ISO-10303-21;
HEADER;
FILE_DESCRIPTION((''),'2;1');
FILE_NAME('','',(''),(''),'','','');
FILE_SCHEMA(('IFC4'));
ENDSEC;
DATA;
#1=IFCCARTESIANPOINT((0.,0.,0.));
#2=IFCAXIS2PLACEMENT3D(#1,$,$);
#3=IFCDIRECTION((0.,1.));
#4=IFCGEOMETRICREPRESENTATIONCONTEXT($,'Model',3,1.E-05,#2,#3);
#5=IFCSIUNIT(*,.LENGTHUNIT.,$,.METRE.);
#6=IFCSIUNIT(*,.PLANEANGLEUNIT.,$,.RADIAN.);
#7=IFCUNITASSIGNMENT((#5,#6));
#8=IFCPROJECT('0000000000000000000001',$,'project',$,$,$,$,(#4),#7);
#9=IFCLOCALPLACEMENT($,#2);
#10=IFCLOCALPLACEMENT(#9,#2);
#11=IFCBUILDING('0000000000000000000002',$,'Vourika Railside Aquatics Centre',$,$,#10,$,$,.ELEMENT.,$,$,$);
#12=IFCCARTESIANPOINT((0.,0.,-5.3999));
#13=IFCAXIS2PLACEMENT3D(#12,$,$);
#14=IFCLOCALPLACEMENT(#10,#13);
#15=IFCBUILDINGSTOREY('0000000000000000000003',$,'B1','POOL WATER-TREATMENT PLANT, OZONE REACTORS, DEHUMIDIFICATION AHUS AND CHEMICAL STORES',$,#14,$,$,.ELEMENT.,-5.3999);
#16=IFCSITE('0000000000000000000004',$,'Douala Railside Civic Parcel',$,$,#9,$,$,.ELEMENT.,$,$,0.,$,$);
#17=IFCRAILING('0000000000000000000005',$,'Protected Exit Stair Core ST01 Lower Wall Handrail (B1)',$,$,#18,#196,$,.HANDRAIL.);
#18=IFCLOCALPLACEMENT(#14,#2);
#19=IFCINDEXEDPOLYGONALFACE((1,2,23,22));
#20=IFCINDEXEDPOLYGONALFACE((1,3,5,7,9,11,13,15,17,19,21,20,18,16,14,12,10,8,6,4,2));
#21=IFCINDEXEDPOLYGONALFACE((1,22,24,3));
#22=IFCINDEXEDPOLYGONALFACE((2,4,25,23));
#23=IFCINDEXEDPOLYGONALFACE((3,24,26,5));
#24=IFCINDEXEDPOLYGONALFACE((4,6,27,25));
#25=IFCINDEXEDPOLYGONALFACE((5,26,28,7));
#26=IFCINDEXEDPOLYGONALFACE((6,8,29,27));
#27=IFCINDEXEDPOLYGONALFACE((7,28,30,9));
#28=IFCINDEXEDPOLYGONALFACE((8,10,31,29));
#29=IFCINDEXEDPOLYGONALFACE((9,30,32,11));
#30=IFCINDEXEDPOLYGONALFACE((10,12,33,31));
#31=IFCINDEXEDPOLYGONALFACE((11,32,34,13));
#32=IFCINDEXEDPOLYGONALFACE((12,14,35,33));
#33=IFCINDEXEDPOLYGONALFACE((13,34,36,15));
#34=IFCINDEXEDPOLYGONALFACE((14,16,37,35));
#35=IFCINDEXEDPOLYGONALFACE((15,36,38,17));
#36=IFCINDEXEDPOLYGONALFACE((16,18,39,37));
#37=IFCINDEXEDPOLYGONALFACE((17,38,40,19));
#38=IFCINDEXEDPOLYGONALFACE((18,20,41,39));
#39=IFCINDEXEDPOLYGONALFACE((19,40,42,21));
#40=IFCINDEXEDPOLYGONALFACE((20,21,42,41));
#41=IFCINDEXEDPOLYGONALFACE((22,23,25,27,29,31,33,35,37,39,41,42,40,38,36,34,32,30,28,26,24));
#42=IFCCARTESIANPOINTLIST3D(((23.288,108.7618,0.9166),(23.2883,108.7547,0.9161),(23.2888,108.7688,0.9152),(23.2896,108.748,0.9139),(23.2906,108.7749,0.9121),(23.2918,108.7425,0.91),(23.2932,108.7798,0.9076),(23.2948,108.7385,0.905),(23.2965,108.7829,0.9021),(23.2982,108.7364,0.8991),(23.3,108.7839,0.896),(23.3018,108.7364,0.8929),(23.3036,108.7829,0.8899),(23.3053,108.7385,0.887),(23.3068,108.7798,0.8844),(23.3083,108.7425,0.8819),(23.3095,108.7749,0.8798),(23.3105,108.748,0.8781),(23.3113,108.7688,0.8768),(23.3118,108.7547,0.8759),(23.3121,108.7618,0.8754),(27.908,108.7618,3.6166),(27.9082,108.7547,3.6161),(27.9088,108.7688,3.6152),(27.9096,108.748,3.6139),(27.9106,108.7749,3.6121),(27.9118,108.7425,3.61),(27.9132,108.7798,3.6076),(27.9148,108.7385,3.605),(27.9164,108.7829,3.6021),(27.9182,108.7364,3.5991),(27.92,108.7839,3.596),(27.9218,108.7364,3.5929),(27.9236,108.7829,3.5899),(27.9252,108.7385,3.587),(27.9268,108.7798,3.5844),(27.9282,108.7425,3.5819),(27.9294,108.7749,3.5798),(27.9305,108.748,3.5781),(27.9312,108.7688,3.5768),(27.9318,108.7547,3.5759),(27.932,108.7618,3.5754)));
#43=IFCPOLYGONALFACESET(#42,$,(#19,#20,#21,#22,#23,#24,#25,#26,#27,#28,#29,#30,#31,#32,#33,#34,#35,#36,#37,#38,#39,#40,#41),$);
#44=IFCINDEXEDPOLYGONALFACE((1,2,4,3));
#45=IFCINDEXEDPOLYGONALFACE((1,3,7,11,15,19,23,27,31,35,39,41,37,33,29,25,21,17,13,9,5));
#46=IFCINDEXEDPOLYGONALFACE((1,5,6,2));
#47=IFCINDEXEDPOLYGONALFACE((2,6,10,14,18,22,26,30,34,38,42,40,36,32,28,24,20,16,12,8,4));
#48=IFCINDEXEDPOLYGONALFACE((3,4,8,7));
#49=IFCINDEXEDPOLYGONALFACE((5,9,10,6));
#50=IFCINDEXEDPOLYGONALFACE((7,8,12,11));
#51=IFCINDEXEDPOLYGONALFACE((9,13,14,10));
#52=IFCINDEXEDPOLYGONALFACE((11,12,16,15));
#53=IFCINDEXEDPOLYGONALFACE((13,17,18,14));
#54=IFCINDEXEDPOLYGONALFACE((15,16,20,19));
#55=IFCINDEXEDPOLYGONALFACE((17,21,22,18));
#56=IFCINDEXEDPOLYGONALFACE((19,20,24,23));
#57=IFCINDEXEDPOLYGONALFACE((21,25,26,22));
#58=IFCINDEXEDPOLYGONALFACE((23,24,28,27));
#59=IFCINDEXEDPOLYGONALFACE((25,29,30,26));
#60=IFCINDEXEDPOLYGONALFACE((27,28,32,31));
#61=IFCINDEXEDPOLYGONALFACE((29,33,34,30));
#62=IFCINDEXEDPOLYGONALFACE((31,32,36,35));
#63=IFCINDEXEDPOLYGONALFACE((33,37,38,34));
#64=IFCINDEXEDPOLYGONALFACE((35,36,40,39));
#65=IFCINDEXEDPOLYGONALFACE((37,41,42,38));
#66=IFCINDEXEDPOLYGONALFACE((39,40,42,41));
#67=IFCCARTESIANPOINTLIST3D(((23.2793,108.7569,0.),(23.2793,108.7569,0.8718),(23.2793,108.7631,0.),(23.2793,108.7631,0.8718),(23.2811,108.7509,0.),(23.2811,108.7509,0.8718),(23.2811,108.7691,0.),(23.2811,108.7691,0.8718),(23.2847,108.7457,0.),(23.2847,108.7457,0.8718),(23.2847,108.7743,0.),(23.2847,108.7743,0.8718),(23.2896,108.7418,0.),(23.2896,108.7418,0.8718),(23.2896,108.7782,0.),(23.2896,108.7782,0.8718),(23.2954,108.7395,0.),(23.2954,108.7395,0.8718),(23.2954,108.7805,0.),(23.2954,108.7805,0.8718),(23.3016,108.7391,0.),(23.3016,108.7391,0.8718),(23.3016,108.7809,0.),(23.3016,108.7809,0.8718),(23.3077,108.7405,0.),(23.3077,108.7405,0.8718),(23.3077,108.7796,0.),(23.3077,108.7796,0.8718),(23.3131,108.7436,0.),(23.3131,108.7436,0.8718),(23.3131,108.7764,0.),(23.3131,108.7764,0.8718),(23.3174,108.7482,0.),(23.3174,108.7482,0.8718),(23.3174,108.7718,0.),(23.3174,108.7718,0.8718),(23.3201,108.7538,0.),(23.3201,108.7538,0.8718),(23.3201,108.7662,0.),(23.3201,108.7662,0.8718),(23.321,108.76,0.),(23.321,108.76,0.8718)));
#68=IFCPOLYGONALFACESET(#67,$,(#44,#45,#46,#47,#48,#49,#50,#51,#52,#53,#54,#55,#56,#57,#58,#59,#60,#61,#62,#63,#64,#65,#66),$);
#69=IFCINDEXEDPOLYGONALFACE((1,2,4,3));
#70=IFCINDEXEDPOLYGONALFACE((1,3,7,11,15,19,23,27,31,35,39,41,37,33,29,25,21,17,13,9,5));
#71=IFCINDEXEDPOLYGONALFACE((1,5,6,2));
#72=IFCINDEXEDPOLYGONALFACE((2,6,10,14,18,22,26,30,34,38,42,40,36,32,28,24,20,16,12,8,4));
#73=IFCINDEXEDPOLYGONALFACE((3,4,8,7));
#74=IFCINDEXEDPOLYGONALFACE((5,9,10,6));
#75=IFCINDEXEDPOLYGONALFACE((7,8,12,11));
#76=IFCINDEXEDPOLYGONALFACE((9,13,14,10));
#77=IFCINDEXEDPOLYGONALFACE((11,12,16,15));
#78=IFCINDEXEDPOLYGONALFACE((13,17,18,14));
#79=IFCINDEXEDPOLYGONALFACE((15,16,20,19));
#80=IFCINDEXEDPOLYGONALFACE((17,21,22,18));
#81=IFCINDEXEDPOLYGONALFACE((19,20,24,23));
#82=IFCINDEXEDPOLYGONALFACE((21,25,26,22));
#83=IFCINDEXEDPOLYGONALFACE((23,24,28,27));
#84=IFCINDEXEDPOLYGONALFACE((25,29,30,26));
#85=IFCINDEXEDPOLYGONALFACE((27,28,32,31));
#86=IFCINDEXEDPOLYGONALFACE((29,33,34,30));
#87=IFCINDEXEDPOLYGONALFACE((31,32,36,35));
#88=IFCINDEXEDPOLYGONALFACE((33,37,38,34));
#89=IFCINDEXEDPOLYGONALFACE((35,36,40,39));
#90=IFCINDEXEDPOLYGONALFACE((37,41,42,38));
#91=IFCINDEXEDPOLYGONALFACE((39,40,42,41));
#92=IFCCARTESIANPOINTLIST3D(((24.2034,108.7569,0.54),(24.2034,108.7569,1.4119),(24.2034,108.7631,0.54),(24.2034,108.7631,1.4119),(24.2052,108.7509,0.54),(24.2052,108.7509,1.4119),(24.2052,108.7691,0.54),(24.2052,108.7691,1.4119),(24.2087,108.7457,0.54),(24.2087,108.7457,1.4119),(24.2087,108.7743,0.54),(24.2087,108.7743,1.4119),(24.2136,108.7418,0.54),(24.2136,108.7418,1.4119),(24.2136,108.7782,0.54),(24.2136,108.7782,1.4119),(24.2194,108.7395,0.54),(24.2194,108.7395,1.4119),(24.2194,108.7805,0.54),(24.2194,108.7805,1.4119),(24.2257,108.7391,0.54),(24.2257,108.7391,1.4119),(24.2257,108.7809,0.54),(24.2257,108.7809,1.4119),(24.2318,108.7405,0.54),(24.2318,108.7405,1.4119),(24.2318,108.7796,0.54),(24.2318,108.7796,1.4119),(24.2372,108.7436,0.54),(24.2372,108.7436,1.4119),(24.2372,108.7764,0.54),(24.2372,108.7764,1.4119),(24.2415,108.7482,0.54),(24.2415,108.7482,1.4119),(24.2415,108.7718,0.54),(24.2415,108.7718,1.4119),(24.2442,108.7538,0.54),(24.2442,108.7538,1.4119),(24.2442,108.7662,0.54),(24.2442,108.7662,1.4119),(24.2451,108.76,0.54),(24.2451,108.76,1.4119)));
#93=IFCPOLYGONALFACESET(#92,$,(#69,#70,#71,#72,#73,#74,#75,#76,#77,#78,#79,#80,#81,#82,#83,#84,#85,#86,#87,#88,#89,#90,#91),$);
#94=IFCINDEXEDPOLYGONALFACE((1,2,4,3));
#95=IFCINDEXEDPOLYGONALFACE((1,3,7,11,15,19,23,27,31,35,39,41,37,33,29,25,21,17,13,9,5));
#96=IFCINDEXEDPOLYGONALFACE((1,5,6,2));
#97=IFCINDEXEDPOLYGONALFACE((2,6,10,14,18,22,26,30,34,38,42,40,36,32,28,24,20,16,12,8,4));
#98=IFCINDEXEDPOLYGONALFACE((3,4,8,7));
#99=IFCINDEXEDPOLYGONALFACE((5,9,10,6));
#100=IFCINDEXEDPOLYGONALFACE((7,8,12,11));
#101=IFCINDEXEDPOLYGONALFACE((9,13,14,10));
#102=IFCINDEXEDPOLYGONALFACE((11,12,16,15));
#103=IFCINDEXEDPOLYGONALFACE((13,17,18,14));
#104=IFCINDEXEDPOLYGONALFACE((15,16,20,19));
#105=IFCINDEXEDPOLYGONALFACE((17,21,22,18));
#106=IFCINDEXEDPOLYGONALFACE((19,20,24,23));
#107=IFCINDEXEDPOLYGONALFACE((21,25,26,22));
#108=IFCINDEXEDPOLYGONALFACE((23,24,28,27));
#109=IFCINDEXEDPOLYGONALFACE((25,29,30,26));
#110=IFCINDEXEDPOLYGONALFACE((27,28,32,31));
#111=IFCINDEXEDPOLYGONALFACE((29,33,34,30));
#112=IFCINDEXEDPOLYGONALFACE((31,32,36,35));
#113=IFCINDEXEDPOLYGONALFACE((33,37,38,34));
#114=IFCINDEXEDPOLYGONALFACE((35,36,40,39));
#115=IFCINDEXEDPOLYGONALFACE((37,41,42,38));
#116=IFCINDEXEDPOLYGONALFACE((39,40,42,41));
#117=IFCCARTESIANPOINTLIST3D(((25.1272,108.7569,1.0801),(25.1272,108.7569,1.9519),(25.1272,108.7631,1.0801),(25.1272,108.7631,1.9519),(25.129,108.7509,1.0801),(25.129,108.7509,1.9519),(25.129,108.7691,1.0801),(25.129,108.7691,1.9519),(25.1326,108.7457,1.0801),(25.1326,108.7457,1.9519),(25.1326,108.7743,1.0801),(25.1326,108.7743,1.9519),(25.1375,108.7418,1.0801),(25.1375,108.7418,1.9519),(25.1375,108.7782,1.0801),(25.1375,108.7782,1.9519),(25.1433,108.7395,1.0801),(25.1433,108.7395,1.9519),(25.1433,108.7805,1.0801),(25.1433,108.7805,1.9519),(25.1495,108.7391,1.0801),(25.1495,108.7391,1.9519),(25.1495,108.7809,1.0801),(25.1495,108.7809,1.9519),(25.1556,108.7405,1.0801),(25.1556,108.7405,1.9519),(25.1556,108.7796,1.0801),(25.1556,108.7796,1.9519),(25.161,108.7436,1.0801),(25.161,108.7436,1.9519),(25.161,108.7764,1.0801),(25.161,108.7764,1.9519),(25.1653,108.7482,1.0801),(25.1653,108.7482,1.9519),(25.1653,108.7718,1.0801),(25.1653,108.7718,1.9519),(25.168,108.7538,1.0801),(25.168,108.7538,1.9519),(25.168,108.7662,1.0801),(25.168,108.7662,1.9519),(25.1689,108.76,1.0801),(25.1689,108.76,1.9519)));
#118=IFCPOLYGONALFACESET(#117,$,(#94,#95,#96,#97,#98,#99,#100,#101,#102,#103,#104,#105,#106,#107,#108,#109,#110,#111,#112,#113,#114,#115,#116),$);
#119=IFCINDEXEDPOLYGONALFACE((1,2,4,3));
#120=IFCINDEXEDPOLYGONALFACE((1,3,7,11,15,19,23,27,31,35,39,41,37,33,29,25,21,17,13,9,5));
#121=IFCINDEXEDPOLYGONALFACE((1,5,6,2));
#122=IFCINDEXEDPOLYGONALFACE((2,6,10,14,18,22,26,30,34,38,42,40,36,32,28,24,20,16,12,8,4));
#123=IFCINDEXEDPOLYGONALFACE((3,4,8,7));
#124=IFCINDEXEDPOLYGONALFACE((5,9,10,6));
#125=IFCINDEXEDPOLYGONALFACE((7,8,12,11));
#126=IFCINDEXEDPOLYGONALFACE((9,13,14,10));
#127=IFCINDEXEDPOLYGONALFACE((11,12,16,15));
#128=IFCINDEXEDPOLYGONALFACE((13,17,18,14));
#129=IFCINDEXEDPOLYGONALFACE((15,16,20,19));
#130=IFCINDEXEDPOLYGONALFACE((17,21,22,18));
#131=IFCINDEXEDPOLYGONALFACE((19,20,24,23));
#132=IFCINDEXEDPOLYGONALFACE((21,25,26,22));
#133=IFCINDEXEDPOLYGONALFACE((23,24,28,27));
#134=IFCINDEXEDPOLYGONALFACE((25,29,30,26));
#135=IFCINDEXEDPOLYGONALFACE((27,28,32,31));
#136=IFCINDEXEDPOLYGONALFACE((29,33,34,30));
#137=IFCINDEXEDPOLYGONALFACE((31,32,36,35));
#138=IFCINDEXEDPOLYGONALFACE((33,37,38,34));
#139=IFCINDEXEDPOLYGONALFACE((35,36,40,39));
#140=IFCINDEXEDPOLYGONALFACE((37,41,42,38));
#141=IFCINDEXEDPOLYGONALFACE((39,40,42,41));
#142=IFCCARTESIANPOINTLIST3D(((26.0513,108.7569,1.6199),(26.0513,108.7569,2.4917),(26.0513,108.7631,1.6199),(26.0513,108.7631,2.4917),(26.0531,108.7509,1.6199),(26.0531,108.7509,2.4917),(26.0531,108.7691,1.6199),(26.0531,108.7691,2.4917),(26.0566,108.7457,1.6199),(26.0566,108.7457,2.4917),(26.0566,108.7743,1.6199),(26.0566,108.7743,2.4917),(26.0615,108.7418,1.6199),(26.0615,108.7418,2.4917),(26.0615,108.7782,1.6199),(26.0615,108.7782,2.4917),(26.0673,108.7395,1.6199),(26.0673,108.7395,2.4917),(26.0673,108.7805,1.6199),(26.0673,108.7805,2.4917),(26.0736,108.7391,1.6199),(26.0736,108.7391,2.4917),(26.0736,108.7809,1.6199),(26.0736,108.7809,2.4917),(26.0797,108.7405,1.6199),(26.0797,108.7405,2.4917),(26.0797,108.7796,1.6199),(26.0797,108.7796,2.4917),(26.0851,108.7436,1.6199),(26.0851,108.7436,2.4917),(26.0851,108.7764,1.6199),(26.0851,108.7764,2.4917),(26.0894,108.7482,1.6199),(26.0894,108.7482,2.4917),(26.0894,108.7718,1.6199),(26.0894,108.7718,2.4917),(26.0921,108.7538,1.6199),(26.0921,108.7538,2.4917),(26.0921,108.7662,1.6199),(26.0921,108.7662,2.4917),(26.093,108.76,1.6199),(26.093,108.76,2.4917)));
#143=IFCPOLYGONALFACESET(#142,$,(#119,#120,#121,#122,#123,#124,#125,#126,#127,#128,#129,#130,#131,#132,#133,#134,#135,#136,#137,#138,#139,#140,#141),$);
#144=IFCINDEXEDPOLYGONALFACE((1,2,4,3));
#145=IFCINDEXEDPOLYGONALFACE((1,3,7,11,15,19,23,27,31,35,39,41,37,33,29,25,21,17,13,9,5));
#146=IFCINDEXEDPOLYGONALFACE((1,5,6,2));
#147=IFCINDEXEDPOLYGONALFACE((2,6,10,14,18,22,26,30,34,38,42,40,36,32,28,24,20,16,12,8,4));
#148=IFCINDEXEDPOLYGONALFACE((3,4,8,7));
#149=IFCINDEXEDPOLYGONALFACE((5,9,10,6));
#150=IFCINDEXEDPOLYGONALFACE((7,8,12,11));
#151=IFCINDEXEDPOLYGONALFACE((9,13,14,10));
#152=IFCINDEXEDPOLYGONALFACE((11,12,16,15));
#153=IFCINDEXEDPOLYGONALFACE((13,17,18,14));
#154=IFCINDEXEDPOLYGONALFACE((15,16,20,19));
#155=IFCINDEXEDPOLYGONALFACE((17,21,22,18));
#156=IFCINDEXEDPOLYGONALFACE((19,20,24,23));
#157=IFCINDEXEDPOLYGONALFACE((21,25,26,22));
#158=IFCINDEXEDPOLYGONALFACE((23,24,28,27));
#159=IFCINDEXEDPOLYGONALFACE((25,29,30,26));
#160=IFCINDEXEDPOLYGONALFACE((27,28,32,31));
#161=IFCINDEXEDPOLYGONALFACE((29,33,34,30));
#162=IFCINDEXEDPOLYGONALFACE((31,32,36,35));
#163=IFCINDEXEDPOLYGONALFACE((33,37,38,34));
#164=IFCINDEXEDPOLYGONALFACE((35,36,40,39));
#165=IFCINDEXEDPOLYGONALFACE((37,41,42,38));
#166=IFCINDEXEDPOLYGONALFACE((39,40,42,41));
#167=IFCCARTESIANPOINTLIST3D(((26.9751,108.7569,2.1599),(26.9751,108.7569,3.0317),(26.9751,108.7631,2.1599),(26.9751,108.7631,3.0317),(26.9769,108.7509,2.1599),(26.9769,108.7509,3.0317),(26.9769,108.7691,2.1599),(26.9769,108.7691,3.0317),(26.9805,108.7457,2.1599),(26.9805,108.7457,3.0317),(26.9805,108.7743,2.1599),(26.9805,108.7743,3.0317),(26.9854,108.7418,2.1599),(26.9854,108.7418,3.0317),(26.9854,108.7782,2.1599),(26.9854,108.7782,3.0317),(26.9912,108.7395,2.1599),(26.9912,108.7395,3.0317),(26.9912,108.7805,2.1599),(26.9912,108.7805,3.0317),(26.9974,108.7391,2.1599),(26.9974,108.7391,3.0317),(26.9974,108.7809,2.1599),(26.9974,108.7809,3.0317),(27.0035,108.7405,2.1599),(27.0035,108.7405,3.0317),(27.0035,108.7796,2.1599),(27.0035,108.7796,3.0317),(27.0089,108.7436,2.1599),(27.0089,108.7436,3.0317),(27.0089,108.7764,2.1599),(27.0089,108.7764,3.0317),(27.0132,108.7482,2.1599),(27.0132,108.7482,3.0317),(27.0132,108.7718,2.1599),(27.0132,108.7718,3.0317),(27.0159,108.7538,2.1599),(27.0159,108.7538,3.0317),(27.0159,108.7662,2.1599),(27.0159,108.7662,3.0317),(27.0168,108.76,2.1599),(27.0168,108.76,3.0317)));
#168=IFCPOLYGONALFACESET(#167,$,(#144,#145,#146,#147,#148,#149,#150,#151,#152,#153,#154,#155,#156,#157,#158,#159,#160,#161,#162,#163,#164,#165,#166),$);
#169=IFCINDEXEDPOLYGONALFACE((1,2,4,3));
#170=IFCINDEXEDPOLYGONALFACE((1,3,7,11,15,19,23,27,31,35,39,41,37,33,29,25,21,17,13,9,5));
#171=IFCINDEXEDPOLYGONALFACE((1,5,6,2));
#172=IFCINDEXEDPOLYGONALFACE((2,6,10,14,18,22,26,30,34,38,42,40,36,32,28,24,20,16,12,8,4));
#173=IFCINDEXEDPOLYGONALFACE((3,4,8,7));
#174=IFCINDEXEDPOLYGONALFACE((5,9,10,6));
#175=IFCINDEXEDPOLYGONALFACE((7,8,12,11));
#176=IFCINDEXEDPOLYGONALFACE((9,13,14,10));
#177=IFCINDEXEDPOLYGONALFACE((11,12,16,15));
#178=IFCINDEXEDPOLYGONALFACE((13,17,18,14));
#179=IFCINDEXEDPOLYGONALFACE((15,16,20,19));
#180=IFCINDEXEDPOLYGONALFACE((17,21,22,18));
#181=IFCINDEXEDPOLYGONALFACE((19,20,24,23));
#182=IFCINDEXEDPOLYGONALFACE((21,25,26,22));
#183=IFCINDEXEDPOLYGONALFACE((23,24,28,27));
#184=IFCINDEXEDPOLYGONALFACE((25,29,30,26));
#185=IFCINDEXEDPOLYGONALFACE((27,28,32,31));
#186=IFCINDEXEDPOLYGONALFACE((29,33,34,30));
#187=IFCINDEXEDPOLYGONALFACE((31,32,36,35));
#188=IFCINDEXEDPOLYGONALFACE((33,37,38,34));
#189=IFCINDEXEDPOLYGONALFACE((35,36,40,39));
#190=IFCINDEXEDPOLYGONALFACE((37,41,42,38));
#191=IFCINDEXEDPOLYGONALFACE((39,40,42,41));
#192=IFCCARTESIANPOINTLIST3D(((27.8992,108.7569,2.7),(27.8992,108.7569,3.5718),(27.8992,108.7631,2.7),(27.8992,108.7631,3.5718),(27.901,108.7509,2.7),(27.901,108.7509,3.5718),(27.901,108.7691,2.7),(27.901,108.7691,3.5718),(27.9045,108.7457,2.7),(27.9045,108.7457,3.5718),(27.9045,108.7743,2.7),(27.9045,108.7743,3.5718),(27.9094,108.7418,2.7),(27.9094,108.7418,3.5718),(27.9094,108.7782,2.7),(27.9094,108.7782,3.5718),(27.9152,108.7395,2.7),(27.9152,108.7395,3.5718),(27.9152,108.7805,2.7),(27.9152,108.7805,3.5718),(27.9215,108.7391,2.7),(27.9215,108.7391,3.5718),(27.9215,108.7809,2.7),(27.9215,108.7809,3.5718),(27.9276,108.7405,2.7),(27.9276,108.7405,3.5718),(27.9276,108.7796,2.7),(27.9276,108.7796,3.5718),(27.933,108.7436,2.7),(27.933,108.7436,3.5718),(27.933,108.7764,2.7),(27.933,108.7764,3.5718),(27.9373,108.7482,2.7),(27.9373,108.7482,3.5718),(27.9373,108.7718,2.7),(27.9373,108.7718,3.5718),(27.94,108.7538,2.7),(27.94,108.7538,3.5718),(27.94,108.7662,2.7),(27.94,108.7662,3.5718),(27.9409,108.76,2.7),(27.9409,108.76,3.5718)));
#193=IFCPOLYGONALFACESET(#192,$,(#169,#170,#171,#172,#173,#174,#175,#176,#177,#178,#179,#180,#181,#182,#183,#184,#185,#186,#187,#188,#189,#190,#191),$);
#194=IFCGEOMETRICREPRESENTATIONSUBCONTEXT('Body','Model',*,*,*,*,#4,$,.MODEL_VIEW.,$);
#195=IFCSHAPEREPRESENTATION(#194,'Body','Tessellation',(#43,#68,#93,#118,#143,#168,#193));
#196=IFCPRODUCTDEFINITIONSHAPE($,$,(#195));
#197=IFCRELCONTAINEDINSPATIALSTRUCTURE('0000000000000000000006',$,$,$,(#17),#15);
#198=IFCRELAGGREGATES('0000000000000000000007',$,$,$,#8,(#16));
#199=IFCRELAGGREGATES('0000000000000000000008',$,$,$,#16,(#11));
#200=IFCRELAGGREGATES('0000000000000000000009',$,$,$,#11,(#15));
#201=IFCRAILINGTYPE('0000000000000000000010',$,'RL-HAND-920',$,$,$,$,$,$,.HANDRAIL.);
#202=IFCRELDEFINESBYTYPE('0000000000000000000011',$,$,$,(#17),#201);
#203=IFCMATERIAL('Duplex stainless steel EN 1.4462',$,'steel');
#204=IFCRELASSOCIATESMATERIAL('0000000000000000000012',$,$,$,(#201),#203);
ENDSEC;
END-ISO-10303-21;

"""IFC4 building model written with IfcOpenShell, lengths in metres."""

from ifc_helpers import new_model, si_unit, direction, frame, origin, origin_2d, place, context, subcontext, project, spatial, circle, extrude, material, type_object, element, save


model = new_model("IFC4")

# Units and contexts
model_context = context("Model", 3, precision=1e-05, world=origin(), true_north=direction((0.0, 1.0)))
body_context = subcontext(model_context, "Body", "Model", "MODEL_VIEW")
ifc_project = project(units=[si_unit("LENGTHUNIT", "METRE"), si_unit("PLANEANGLEUNIT", "RADIAN")], contexts=[model_context])

# Site, building, storey
site_placement = place(None, origin())
site = spatial("IfcSite", under=ifc_project, at=site_placement, Name="Douala Railside Civic Parcel", CompositionType="ELEMENT", RefElevation=0.0)
building_placement = place(site_placement, origin())
building = spatial("IfcBuilding", under=site, at=building_placement, Name="Vourika Railside Aquatics Centre", CompositionType="ELEMENT")
storey_placement = place(building_placement, frame((0.0, 0.0, -5.3999)))
storey = spatial("IfcBuildingStorey", under=building, at=storey_placement, Name="B1", Description="POOL WATER-TREATMENT PLANT, OZONE REACTORS, DEHUMIDIFICATION AHUS AND CHEMICAL STORES", CompositionType="ELEMENT", Elevation=-5.3999)

# Railing
ifc_material_1 = material(Name="Duplex stainless steel EN 1.4462", Category="steel")
railing_type = type_object("IfcRailingType", Name="RL-HAND-920", PredefinedType="HANDRAIL", material=ifc_material_1)
railing_placement = place(storey_placement, frame((23.3, 108.76, 0.0)))
element("IfcRailing", 1, at=railing_placement, inside=storey, type_object=railing_type, Name="Protected Exit Stair Core ST01 Lower Wall Handrail (B1)", PredefinedType="HANDRAIL", context=body_context, shape_type="SweptSolid", body=[
    extrude(circle(Radius=0.0239, at=origin_2d()), frame((0.0, 0.0, 0.896), z_axis=(0.86337, 0.0, 0.504572), x_axis=(0.0, 1.0, 0.0)), (0.0, 0.0, 1.0), 5.3511),
    extrude(circle(Radius=0.021, at=origin_2d()), origin(), (0.0, 0.0, 1.0), 0.8718),
    extrude(circle(Radius=0.021, at=origin_2d()), frame((0.9241, 0.0, 0.54)), (0.0, 0.0, 1.0), 0.8718),
    extrude(circle(Radius=0.021, at=origin_2d()), frame((1.8479, 0.0, 1.0801)), (0.0, 0.0, 1.0), 0.8718),
    extrude(circle(Radius=0.021, at=origin_2d()), frame((2.772, 0.0, 1.6199)), (0.0, 0.0, 1.0), 0.8718),
    extrude(circle(Radius=0.021, at=origin_2d()), frame((3.6958, 0.0, 2.1599)), (0.0, 0.0, 1.0), 0.8718),
    extrude(circle(Radius=0.021, at=origin_2d()), frame((4.6199, 0.0, 2.7)), (0.0, 0.0, 1.0), 0.8718),
])

save(model, "model.ifc")
